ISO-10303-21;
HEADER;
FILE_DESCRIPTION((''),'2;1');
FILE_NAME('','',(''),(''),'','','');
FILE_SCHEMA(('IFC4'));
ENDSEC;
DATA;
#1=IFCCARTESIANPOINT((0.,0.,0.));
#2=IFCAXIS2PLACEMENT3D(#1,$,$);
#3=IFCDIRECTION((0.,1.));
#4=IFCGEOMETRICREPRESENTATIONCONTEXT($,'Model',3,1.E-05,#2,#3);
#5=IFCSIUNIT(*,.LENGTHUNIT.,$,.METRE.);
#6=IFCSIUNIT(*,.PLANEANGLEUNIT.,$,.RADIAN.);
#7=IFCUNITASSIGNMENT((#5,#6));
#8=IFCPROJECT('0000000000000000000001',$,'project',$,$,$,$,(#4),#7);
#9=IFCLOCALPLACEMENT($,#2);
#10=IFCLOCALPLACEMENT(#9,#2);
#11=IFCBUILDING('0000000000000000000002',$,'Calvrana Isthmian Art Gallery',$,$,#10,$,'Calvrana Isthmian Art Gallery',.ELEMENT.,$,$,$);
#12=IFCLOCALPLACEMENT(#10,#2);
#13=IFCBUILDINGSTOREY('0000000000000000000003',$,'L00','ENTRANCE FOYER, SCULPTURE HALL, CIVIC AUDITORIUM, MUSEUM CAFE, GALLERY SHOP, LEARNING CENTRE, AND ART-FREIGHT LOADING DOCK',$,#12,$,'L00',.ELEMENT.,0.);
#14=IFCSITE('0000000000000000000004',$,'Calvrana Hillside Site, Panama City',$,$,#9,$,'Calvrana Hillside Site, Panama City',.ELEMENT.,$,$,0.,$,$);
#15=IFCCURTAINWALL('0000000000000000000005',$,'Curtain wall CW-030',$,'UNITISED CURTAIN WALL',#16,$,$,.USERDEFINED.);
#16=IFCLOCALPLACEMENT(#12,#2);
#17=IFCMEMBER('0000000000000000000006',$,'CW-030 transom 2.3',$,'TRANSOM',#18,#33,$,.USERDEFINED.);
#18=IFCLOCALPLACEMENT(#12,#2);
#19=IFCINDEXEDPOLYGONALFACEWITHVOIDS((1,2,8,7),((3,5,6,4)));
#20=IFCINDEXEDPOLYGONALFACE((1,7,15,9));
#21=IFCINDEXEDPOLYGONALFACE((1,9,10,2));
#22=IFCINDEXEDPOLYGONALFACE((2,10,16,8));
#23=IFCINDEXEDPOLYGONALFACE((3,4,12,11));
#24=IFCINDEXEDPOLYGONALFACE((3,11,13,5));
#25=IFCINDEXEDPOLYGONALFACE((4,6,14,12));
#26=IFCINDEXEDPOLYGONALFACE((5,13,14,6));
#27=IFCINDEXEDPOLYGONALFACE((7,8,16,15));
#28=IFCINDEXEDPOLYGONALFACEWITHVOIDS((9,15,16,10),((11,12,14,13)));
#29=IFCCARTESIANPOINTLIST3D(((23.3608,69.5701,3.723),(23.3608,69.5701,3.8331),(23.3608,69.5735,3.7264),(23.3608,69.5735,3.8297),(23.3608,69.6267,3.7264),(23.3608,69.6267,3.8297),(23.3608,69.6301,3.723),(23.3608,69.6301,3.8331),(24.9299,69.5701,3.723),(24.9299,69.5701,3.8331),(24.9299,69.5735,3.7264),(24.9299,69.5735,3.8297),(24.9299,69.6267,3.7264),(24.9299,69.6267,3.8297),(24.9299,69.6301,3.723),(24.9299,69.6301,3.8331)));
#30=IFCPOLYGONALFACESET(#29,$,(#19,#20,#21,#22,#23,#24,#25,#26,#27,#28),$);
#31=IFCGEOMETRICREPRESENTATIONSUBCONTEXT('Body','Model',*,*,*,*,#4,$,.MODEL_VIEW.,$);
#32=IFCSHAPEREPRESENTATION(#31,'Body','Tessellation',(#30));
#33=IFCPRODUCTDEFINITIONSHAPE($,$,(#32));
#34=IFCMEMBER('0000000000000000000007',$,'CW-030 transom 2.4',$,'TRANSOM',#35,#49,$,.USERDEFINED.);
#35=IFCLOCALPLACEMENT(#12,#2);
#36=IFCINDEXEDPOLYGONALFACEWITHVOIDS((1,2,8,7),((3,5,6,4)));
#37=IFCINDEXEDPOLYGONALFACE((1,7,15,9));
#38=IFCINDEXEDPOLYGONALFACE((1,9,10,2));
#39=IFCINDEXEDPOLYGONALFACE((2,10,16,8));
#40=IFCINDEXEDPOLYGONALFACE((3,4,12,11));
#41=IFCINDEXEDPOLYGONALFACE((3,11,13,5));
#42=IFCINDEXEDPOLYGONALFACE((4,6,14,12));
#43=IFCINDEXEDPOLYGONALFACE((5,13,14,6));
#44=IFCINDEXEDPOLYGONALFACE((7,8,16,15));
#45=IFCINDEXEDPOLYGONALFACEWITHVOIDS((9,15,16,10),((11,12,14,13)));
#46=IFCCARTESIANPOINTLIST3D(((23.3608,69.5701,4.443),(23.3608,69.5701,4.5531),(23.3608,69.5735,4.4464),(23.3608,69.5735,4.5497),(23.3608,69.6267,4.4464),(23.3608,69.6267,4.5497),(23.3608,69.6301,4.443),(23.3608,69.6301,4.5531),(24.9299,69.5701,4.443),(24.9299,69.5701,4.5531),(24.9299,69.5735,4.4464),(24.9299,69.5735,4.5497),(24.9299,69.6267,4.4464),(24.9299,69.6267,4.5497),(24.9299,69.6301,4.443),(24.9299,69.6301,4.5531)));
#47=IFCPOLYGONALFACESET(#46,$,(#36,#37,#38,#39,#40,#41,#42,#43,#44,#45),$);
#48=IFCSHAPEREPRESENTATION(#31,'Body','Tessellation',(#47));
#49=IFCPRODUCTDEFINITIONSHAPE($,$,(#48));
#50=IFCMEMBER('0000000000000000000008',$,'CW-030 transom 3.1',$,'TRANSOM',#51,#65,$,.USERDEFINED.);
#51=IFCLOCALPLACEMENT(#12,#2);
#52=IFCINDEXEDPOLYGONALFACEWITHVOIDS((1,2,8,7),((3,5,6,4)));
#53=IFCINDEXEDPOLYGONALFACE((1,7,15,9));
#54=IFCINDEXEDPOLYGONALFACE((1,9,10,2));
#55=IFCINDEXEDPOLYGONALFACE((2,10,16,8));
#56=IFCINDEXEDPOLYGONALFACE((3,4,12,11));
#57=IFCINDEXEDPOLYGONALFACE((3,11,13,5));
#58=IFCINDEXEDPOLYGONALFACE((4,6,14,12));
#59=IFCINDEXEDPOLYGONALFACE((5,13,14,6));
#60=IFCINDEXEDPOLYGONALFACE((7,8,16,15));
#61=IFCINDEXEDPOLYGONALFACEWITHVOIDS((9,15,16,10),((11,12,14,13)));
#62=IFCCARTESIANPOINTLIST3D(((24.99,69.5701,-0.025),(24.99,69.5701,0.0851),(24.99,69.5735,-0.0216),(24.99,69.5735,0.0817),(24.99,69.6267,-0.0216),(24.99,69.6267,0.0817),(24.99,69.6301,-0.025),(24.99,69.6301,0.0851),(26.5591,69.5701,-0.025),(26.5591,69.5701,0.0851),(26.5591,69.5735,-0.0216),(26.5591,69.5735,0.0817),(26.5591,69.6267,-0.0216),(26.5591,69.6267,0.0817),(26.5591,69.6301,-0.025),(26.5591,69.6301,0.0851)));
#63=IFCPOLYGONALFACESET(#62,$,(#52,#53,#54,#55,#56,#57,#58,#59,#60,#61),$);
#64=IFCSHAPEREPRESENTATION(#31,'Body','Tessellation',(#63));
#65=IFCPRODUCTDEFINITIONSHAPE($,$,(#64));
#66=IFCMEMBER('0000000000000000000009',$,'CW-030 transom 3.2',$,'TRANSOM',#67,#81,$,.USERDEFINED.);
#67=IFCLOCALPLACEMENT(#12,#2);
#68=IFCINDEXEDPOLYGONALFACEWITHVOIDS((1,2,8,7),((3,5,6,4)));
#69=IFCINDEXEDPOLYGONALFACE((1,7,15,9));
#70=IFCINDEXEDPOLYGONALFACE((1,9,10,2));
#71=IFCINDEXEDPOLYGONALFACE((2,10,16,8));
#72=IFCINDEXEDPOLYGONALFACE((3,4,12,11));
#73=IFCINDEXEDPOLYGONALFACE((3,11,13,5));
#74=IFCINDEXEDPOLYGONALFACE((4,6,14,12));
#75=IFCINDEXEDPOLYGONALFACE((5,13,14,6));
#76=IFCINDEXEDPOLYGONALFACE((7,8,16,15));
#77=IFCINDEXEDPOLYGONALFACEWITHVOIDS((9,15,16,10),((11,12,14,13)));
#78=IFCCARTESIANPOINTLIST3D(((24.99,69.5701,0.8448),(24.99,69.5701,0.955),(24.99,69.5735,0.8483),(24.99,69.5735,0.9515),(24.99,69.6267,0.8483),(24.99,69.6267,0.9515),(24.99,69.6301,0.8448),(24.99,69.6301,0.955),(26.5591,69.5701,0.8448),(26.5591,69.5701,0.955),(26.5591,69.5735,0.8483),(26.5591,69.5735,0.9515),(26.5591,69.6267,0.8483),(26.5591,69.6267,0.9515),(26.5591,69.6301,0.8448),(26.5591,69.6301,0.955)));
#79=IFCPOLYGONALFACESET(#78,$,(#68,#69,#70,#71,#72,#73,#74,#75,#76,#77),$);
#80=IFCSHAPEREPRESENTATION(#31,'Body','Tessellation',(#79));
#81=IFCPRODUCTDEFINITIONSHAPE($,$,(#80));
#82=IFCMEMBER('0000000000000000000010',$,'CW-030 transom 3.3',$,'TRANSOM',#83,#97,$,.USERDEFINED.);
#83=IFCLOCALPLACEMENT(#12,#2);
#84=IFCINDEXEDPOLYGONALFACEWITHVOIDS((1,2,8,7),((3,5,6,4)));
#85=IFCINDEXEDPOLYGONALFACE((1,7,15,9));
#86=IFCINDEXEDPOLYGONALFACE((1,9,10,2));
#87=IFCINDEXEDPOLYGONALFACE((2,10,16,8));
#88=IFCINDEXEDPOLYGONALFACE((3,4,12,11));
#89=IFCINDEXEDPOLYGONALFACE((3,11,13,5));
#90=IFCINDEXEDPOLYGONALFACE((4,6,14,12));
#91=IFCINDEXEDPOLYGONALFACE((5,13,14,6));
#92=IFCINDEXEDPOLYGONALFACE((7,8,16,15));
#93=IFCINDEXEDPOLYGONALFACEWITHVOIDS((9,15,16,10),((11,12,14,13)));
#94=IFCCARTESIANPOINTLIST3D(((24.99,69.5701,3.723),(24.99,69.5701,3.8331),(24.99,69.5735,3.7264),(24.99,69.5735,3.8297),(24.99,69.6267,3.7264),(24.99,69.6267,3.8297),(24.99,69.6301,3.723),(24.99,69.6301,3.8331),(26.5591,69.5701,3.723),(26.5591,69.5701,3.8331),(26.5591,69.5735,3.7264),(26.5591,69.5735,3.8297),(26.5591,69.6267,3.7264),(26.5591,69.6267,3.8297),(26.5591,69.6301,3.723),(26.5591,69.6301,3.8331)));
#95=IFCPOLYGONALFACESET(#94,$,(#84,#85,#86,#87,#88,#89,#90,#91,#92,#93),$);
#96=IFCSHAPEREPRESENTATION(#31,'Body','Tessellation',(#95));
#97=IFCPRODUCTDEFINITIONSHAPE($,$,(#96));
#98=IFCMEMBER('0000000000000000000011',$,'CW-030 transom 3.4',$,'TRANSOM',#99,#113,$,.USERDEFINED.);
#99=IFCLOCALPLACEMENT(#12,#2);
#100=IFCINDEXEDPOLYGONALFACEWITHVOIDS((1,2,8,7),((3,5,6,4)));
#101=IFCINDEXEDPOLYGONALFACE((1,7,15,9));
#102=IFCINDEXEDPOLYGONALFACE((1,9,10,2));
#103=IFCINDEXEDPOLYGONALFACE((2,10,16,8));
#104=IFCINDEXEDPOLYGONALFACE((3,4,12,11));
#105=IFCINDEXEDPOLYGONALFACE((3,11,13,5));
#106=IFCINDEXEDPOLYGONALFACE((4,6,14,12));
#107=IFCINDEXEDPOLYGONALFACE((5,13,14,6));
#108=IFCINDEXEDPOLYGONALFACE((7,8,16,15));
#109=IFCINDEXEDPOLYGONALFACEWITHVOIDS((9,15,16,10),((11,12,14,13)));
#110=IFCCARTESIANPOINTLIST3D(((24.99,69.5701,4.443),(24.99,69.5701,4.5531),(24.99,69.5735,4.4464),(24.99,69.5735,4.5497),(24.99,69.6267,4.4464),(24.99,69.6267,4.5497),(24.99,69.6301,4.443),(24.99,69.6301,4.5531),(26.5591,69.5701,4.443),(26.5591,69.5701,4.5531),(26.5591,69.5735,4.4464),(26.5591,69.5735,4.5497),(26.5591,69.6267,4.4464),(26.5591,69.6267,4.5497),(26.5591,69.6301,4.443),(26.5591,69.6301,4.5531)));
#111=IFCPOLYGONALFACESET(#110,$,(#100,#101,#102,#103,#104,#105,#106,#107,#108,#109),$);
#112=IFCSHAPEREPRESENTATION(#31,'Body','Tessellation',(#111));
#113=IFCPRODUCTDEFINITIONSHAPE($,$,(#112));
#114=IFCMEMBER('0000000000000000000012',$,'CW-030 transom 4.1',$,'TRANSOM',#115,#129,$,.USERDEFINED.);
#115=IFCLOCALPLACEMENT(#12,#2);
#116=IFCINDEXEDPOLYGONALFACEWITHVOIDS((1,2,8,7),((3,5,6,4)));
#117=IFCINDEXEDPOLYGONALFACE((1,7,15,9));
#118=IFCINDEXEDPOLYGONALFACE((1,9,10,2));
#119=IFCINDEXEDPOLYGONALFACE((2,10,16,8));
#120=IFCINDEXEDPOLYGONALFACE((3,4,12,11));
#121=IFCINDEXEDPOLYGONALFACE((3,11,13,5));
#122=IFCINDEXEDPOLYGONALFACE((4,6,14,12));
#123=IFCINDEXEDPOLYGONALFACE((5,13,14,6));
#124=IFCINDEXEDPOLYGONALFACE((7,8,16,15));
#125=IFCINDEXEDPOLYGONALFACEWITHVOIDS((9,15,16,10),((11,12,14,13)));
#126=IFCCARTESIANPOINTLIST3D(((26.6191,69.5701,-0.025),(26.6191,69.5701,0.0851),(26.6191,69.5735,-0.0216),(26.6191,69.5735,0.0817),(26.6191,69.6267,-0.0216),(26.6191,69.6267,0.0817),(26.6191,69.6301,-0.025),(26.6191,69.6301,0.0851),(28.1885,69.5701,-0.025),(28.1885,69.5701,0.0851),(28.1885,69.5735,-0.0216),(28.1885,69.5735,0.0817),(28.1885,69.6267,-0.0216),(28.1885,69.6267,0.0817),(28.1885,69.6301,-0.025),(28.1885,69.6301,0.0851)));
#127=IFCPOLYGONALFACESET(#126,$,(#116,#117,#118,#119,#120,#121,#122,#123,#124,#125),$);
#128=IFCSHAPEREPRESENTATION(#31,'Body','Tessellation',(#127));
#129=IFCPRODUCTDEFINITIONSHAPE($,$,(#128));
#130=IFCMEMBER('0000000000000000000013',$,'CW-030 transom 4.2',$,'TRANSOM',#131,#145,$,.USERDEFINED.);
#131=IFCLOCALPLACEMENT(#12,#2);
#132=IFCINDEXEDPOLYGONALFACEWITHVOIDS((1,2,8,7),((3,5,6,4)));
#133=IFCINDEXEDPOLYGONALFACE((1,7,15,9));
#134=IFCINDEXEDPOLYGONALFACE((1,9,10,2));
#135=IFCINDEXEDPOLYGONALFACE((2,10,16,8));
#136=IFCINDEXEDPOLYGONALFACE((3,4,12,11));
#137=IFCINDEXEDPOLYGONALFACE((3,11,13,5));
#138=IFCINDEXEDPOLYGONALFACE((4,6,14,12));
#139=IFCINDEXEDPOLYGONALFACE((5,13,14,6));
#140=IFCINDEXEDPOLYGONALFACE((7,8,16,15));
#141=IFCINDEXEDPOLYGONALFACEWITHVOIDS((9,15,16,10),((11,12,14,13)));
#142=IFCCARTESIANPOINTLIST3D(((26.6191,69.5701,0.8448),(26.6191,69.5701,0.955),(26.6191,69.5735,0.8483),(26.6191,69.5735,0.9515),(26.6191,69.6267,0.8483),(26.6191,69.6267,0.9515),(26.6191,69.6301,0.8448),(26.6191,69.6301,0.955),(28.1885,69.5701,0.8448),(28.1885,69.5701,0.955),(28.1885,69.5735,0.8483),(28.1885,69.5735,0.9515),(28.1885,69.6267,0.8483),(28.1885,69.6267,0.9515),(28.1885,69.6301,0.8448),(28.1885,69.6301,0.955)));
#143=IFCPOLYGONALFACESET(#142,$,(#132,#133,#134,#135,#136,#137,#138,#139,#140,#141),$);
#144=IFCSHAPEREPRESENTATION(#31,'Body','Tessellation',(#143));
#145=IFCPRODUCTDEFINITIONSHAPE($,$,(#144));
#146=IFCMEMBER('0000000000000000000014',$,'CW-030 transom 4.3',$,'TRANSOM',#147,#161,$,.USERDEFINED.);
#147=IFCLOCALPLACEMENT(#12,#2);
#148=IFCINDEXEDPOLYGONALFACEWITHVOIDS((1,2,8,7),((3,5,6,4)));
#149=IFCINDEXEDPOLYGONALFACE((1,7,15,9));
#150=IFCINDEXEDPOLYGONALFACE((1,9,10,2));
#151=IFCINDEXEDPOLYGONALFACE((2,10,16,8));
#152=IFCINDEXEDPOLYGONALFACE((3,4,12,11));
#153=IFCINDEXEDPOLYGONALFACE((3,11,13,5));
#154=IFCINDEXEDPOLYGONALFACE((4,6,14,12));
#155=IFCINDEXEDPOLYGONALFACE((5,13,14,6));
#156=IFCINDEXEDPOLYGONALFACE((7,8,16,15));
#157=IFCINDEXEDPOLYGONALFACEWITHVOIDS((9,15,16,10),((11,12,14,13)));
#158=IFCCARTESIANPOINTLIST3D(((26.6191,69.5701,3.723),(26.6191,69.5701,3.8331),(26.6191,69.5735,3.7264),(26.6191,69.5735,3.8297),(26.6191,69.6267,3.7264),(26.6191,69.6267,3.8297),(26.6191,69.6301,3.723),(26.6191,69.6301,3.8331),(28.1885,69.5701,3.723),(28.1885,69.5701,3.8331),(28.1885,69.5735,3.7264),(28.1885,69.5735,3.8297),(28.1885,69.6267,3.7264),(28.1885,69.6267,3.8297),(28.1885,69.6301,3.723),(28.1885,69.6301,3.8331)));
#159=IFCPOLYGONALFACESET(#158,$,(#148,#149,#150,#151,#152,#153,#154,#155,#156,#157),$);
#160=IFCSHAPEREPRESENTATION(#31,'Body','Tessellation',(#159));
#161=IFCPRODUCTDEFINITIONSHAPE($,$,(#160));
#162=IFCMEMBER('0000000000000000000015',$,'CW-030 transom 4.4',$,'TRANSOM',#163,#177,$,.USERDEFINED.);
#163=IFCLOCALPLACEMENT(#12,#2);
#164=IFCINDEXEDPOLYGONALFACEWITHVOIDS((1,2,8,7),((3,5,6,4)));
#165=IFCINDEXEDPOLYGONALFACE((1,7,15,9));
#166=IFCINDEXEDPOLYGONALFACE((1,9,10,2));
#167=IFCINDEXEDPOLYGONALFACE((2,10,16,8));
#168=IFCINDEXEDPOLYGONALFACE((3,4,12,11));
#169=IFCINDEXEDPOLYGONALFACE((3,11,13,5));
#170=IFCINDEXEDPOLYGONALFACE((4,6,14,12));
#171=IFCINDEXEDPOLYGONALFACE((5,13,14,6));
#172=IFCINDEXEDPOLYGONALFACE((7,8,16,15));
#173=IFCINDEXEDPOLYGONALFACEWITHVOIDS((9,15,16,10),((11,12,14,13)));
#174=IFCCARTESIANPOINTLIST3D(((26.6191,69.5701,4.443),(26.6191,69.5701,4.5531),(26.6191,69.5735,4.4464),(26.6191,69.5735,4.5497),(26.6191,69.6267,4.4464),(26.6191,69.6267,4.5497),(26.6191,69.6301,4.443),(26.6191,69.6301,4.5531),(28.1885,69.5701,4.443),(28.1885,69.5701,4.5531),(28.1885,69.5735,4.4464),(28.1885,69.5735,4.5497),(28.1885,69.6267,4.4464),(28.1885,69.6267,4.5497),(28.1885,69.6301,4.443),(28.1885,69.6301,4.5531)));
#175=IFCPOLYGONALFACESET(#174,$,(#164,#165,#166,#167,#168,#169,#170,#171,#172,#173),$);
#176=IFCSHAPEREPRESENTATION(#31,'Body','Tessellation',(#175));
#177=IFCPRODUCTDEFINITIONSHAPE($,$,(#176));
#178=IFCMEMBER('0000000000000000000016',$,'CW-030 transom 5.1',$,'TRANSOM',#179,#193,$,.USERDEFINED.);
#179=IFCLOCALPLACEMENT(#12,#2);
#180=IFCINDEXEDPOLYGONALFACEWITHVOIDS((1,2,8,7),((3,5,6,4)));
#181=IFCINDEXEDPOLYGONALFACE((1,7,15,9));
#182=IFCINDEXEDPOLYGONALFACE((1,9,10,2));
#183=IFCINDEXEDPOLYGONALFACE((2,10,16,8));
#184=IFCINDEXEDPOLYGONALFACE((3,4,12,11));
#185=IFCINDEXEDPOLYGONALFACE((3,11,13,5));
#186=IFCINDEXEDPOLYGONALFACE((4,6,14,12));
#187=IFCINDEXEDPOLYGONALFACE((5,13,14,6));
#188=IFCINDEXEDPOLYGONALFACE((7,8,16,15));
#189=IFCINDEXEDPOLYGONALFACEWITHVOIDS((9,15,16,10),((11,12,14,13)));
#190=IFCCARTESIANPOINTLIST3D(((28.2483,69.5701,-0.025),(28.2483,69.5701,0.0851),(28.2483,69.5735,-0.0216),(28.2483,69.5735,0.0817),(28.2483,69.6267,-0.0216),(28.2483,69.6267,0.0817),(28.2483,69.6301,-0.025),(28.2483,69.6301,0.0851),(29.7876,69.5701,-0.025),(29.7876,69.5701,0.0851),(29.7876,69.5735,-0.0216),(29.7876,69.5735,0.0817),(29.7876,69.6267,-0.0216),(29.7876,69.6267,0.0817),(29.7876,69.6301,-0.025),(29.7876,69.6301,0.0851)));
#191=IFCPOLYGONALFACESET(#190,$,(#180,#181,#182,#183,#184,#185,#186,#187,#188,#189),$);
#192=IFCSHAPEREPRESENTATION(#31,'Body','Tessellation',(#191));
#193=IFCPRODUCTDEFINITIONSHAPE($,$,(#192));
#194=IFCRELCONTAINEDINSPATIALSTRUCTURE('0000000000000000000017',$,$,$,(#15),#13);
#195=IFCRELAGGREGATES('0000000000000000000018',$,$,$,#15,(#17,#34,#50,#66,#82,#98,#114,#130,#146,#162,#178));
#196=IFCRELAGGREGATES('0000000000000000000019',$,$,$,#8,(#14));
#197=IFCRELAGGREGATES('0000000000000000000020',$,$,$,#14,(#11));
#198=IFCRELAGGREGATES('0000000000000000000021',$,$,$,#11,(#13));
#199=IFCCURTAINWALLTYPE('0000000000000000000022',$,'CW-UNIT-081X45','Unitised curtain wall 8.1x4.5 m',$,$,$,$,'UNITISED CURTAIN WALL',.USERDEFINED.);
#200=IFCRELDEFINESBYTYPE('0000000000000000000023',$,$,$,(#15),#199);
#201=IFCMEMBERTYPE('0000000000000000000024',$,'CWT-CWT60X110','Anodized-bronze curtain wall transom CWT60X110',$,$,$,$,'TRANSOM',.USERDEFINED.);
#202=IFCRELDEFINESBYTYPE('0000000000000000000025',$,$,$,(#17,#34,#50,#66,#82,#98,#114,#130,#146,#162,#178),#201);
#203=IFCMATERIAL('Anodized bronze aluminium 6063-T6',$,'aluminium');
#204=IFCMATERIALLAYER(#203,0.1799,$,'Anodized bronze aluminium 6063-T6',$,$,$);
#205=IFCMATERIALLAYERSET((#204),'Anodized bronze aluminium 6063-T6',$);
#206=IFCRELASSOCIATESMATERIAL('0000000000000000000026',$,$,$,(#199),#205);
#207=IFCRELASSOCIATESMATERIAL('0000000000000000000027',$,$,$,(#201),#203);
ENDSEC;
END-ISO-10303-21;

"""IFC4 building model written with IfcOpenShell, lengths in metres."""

from ifc_helpers import new_model, si_unit, direction, frame, origin, origin_2d, place, context, subcontext, project, spatial, hollow_rectangle, extrude, material, layer, layer_set, material_profile, profile_set, type_object, element, aggregate, save


model = new_model("IFC4")

# Units and contexts
model_context = context("Model", 3, precision=1e-05, world=origin(), true_north=direction((0.0, 1.0)))
body_context = subcontext(model_context, "Body", "Model", "MODEL_VIEW")
ifc_project = project(units=[si_unit("LENGTHUNIT", "METRE"), si_unit("PLANEANGLEUNIT", "RADIAN")], contexts=[model_context])

# Site, building, storey
site_placement = place(None, origin())
site = spatial("IfcSite", under=ifc_project, at=site_placement, Name="Calvrana Hillside Site, Panama City", LongName="Calvrana Hillside Site, Panama City", CompositionType="ELEMENT", RefElevation=0.0)
building_placement = place(site_placement, origin())
building = spatial("IfcBuilding", under=site, at=building_placement, Name="Calvrana Isthmian Art Gallery", LongName="Calvrana Isthmian Art Gallery", CompositionType="ELEMENT")
storey_placement = place(building_placement, origin())
storey = spatial("IfcBuildingStorey", under=building, at=storey_placement, Name="L00", Description="ENTRANCE FOYER, SCULPTURE HALL, CIVIC AUDITORIUM, MUSEUM CAFE, GALLERY SHOP, LEARNING CENTRE, AND ART-FREIGHT LOADING DOCK", LongName="L00", CompositionType="ELEMENT", Elevation=0.0)

# Curtain wall
ifc_material_1 = material(Name="Anodized bronze aluminium 6063-T6", Category="aluminium")
ifc_layer_1 = layer(ifc_material_1, 0.1799, Name="Anodized bronze aluminium 6063-T6")
ifc_layer_set_1 = layer_set([ifc_layer_1], Name="Anodized bronze aluminium 6063-T6")
curtain_wall_type_1 = type_object("IfcCurtainWallType", Name="CW-UNIT-081X45", Description="Unitised curtain wall 8.1x4.5 m", ElementType="UNITISED CURTAIN WALL", PredefinedType="USERDEFINED", material=ifc_layer_set_1)
curtain_wall_1_placement = place(storey_placement, origin())
curtain_wall_1 = element("IfcCurtainWall", 1, at=curtain_wall_1_placement, inside=storey, type_object=curtain_wall_type_1, Name="Curtain wall CW-030", ObjectType="UNITISED CURTAIN WALL", PredefinedType="USERDEFINED")

# Members
ifc_material_profile_1 = material_profile(ifc_material_1, hollow_rectangle(XDim=0.0601, YDim=0.1101, WallThickness=0.0034, at=origin_2d()), Name="CWT60X110")
ifc_profile_set_1 = profile_set([ifc_material_profile_1], Name="Anodized bronze aluminium 6063-T6")
member_type_1 = type_object("IfcMemberType", Name="CWT-CWT60X110", Description="Anodized-bronze curtain wall transom CWT60X110", ElementType="TRANSOM", PredefinedType="USERDEFINED", material=ifc_profile_set_1)
member_1_placement = place(storey_placement, frame((23.3608, 69.6001, 3.7781), z_axis=(1.0, 0.0, 0.0), x_axis=(0.0, 1.0, 0.0)))
member_1 = element("IfcMember", 2, at=member_1_placement, type_object=member_type_1, Name="CW-030 transom 2.3", ObjectType="TRANSOM", PredefinedType="USERDEFINED", context=body_context, shape_type="SweptSolid", body=[
    extrude(hollow_rectangle(XDim=0.0601, YDim=0.1101, WallThickness=0.0034, at=origin_2d()), origin(), (0.0, 0.0, 1.0), 1.5691),
])
member_2_placement = place(storey_placement, frame((23.3608, 69.6001, 4.498), z_axis=(1.0, 0.0, 0.0), x_axis=(0.0, 1.0, 0.0)))
member_2 = element("IfcMember", 3, at=member_2_placement, type_object=member_type_1, Name="CW-030 transom 2.4", ObjectType="TRANSOM", PredefinedType="USERDEFINED", context=body_context, shape_type="SweptSolid", body=[
    extrude(hollow_rectangle(XDim=0.0601, YDim=0.1101, WallThickness=0.0034, at=origin_2d()), origin(), (0.0, 0.0, 1.0), 1.5691),
])
member_3_placement = place(storey_placement, frame((24.99, 69.6001, 0.03), z_axis=(1.0, 0.0, 0.0), x_axis=(0.0, 1.0, 0.0)))
member_3 = element("IfcMember", 4, at=member_3_placement, type_object=member_type_1, Name="CW-030 transom 3.1", ObjectType="TRANSOM", PredefinedType="USERDEFINED", context=body_context, shape_type="SweptSolid", body=[
    extrude(hollow_rectangle(XDim=0.0601, YDim=0.1101, WallThickness=0.0034, at=origin_2d()), origin(), (0.0, 0.0, 1.0), 1.5691),
])
member_4_placement = place(storey_placement, frame((24.99, 69.6001, 0.8999), z_axis=(1.0, 0.0, 0.0), x_axis=(0.0, 1.0, 0.0)))
member_4 = element("IfcMember", 5, at=member_4_placement, type_object=member_type_1, Name="CW-030 transom 3.2", ObjectType="TRANSOM", PredefinedType="USERDEFINED", context=body_context, shape_type="SweptSolid", body=[
    extrude(hollow_rectangle(XDim=0.0601, YDim=0.1101, WallThickness=0.0034, at=origin_2d()), origin(), (0.0, 0.0, 1.0), 1.5691),
])
member_5_placement = place(storey_placement, frame((24.99, 69.6001, 3.7781), z_axis=(1.0, 0.0, 0.0), x_axis=(0.0, 1.0, 0.0)))
member_5 = element("IfcMember", 6, at=member_5_placement, type_object=member_type_1, Name="CW-030 transom 3.3", ObjectType="TRANSOM", PredefinedType="USERDEFINED", context=body_context, shape_type="SweptSolid", body=[
    extrude(hollow_rectangle(XDim=0.0601, YDim=0.1101, WallThickness=0.0034, at=origin_2d()), origin(), (0.0, 0.0, 1.0), 1.5691),
])
member_6_placement = place(storey_placement, frame((24.99, 69.6001, 4.498), z_axis=(1.0, 0.0, 0.0), x_axis=(0.0, 1.0, 0.0)))
member_6 = element("IfcMember", 7, at=member_6_placement, type_object=member_type_1, Name="CW-030 transom 3.4", ObjectType="TRANSOM", PredefinedType="USERDEFINED", context=body_context, shape_type="SweptSolid", body=[
    extrude(hollow_rectangle(XDim=0.0601, YDim=0.1101, WallThickness=0.0034, at=origin_2d()), origin(), (0.0, 0.0, 1.0), 1.5691),
])
member_7_placement = place(storey_placement, frame((26.6191, 69.6001, 0.03), z_axis=(1.0, 0.0, 0.0), x_axis=(0.0, 1.0, 0.0)))
member_7 = element("IfcMember", 8, at=member_7_placement, type_object=member_type_1, Name="CW-030 transom 4.1", ObjectType="TRANSOM", PredefinedType="USERDEFINED", context=body_context, shape_type="SweptSolid", body=[
    extrude(hollow_rectangle(XDim=0.0601, YDim=0.1101, WallThickness=0.0034, at=origin_2d()), origin(), (0.0, 0.0, 1.0), 1.5693),
])
member_8_placement = place(storey_placement, frame((26.6191, 69.6001, 0.8999), z_axis=(1.0, 0.0, 0.0), x_axis=(0.0, 1.0, 0.0)))
member_8 = element("IfcMember", 9, at=member_8_placement, type_object=member_type_1, Name="CW-030 transom 4.2", ObjectType="TRANSOM", PredefinedType="USERDEFINED", context=body_context, shape_type="SweptSolid", body=[
    extrude(hollow_rectangle(XDim=0.0601, YDim=0.1101, WallThickness=0.0034, at=origin_2d()), origin(), (0.0, 0.0, 1.0), 1.5693),
])
member_9_placement = place(storey_placement, frame((26.6191, 69.6001, 3.7781), z_axis=(1.0, 0.0, 0.0), x_axis=(0.0, 1.0, 0.0)))
member_9 = element("IfcMember", 10, at=member_9_placement, type_object=member_type_1, Name="CW-030 transom 4.3", ObjectType="TRANSOM", PredefinedType="USERDEFINED", context=body_context, shape_type="SweptSolid", body=[
    extrude(hollow_rectangle(XDim=0.0601, YDim=0.1101, WallThickness=0.0034, at=origin_2d()), origin(), (0.0, 0.0, 1.0), 1.5693),
])
member_10_placement = place(storey_placement, frame((26.6191, 69.6001, 4.498), z_axis=(1.0, 0.0, 0.0), x_axis=(0.0, 1.0, 0.0)))
member_10 = element("IfcMember", 11, at=member_10_placement, type_object=member_type_1, Name="CW-030 transom 4.4", ObjectType="TRANSOM", PredefinedType="USERDEFINED", context=body_context, shape_type="SweptSolid", body=[
    extrude(hollow_rectangle(XDim=0.0601, YDim=0.1101, WallThickness=0.0034, at=origin_2d()), origin(), (0.0, 0.0, 1.0), 1.5693),
])
member_11_placement = place(storey_placement, frame((28.2483, 69.6001, 0.03), z_axis=(1.0, 0.0, 0.0), x_axis=(0.0, 1.0, 0.0)))
member_11 = element("IfcMember", 12, at=member_11_placement, type_object=member_type_1, Name="CW-030 transom 5.1", ObjectType="TRANSOM", PredefinedType="USERDEFINED", context=body_context, shape_type="SweptSolid", body=[
    extrude(hollow_rectangle(XDim=0.0601, YDim=0.1101, WallThickness=0.0034, at=origin_2d()), origin(), (0.0, 0.0, 1.0), 1.5393),
])

aggregate(curtain_wall_1, [member_1, member_2, member_3, member_4, member_5, member_6, member_7, member_8, member_9, member_10, member_11])

save(model, "model.ifc")
